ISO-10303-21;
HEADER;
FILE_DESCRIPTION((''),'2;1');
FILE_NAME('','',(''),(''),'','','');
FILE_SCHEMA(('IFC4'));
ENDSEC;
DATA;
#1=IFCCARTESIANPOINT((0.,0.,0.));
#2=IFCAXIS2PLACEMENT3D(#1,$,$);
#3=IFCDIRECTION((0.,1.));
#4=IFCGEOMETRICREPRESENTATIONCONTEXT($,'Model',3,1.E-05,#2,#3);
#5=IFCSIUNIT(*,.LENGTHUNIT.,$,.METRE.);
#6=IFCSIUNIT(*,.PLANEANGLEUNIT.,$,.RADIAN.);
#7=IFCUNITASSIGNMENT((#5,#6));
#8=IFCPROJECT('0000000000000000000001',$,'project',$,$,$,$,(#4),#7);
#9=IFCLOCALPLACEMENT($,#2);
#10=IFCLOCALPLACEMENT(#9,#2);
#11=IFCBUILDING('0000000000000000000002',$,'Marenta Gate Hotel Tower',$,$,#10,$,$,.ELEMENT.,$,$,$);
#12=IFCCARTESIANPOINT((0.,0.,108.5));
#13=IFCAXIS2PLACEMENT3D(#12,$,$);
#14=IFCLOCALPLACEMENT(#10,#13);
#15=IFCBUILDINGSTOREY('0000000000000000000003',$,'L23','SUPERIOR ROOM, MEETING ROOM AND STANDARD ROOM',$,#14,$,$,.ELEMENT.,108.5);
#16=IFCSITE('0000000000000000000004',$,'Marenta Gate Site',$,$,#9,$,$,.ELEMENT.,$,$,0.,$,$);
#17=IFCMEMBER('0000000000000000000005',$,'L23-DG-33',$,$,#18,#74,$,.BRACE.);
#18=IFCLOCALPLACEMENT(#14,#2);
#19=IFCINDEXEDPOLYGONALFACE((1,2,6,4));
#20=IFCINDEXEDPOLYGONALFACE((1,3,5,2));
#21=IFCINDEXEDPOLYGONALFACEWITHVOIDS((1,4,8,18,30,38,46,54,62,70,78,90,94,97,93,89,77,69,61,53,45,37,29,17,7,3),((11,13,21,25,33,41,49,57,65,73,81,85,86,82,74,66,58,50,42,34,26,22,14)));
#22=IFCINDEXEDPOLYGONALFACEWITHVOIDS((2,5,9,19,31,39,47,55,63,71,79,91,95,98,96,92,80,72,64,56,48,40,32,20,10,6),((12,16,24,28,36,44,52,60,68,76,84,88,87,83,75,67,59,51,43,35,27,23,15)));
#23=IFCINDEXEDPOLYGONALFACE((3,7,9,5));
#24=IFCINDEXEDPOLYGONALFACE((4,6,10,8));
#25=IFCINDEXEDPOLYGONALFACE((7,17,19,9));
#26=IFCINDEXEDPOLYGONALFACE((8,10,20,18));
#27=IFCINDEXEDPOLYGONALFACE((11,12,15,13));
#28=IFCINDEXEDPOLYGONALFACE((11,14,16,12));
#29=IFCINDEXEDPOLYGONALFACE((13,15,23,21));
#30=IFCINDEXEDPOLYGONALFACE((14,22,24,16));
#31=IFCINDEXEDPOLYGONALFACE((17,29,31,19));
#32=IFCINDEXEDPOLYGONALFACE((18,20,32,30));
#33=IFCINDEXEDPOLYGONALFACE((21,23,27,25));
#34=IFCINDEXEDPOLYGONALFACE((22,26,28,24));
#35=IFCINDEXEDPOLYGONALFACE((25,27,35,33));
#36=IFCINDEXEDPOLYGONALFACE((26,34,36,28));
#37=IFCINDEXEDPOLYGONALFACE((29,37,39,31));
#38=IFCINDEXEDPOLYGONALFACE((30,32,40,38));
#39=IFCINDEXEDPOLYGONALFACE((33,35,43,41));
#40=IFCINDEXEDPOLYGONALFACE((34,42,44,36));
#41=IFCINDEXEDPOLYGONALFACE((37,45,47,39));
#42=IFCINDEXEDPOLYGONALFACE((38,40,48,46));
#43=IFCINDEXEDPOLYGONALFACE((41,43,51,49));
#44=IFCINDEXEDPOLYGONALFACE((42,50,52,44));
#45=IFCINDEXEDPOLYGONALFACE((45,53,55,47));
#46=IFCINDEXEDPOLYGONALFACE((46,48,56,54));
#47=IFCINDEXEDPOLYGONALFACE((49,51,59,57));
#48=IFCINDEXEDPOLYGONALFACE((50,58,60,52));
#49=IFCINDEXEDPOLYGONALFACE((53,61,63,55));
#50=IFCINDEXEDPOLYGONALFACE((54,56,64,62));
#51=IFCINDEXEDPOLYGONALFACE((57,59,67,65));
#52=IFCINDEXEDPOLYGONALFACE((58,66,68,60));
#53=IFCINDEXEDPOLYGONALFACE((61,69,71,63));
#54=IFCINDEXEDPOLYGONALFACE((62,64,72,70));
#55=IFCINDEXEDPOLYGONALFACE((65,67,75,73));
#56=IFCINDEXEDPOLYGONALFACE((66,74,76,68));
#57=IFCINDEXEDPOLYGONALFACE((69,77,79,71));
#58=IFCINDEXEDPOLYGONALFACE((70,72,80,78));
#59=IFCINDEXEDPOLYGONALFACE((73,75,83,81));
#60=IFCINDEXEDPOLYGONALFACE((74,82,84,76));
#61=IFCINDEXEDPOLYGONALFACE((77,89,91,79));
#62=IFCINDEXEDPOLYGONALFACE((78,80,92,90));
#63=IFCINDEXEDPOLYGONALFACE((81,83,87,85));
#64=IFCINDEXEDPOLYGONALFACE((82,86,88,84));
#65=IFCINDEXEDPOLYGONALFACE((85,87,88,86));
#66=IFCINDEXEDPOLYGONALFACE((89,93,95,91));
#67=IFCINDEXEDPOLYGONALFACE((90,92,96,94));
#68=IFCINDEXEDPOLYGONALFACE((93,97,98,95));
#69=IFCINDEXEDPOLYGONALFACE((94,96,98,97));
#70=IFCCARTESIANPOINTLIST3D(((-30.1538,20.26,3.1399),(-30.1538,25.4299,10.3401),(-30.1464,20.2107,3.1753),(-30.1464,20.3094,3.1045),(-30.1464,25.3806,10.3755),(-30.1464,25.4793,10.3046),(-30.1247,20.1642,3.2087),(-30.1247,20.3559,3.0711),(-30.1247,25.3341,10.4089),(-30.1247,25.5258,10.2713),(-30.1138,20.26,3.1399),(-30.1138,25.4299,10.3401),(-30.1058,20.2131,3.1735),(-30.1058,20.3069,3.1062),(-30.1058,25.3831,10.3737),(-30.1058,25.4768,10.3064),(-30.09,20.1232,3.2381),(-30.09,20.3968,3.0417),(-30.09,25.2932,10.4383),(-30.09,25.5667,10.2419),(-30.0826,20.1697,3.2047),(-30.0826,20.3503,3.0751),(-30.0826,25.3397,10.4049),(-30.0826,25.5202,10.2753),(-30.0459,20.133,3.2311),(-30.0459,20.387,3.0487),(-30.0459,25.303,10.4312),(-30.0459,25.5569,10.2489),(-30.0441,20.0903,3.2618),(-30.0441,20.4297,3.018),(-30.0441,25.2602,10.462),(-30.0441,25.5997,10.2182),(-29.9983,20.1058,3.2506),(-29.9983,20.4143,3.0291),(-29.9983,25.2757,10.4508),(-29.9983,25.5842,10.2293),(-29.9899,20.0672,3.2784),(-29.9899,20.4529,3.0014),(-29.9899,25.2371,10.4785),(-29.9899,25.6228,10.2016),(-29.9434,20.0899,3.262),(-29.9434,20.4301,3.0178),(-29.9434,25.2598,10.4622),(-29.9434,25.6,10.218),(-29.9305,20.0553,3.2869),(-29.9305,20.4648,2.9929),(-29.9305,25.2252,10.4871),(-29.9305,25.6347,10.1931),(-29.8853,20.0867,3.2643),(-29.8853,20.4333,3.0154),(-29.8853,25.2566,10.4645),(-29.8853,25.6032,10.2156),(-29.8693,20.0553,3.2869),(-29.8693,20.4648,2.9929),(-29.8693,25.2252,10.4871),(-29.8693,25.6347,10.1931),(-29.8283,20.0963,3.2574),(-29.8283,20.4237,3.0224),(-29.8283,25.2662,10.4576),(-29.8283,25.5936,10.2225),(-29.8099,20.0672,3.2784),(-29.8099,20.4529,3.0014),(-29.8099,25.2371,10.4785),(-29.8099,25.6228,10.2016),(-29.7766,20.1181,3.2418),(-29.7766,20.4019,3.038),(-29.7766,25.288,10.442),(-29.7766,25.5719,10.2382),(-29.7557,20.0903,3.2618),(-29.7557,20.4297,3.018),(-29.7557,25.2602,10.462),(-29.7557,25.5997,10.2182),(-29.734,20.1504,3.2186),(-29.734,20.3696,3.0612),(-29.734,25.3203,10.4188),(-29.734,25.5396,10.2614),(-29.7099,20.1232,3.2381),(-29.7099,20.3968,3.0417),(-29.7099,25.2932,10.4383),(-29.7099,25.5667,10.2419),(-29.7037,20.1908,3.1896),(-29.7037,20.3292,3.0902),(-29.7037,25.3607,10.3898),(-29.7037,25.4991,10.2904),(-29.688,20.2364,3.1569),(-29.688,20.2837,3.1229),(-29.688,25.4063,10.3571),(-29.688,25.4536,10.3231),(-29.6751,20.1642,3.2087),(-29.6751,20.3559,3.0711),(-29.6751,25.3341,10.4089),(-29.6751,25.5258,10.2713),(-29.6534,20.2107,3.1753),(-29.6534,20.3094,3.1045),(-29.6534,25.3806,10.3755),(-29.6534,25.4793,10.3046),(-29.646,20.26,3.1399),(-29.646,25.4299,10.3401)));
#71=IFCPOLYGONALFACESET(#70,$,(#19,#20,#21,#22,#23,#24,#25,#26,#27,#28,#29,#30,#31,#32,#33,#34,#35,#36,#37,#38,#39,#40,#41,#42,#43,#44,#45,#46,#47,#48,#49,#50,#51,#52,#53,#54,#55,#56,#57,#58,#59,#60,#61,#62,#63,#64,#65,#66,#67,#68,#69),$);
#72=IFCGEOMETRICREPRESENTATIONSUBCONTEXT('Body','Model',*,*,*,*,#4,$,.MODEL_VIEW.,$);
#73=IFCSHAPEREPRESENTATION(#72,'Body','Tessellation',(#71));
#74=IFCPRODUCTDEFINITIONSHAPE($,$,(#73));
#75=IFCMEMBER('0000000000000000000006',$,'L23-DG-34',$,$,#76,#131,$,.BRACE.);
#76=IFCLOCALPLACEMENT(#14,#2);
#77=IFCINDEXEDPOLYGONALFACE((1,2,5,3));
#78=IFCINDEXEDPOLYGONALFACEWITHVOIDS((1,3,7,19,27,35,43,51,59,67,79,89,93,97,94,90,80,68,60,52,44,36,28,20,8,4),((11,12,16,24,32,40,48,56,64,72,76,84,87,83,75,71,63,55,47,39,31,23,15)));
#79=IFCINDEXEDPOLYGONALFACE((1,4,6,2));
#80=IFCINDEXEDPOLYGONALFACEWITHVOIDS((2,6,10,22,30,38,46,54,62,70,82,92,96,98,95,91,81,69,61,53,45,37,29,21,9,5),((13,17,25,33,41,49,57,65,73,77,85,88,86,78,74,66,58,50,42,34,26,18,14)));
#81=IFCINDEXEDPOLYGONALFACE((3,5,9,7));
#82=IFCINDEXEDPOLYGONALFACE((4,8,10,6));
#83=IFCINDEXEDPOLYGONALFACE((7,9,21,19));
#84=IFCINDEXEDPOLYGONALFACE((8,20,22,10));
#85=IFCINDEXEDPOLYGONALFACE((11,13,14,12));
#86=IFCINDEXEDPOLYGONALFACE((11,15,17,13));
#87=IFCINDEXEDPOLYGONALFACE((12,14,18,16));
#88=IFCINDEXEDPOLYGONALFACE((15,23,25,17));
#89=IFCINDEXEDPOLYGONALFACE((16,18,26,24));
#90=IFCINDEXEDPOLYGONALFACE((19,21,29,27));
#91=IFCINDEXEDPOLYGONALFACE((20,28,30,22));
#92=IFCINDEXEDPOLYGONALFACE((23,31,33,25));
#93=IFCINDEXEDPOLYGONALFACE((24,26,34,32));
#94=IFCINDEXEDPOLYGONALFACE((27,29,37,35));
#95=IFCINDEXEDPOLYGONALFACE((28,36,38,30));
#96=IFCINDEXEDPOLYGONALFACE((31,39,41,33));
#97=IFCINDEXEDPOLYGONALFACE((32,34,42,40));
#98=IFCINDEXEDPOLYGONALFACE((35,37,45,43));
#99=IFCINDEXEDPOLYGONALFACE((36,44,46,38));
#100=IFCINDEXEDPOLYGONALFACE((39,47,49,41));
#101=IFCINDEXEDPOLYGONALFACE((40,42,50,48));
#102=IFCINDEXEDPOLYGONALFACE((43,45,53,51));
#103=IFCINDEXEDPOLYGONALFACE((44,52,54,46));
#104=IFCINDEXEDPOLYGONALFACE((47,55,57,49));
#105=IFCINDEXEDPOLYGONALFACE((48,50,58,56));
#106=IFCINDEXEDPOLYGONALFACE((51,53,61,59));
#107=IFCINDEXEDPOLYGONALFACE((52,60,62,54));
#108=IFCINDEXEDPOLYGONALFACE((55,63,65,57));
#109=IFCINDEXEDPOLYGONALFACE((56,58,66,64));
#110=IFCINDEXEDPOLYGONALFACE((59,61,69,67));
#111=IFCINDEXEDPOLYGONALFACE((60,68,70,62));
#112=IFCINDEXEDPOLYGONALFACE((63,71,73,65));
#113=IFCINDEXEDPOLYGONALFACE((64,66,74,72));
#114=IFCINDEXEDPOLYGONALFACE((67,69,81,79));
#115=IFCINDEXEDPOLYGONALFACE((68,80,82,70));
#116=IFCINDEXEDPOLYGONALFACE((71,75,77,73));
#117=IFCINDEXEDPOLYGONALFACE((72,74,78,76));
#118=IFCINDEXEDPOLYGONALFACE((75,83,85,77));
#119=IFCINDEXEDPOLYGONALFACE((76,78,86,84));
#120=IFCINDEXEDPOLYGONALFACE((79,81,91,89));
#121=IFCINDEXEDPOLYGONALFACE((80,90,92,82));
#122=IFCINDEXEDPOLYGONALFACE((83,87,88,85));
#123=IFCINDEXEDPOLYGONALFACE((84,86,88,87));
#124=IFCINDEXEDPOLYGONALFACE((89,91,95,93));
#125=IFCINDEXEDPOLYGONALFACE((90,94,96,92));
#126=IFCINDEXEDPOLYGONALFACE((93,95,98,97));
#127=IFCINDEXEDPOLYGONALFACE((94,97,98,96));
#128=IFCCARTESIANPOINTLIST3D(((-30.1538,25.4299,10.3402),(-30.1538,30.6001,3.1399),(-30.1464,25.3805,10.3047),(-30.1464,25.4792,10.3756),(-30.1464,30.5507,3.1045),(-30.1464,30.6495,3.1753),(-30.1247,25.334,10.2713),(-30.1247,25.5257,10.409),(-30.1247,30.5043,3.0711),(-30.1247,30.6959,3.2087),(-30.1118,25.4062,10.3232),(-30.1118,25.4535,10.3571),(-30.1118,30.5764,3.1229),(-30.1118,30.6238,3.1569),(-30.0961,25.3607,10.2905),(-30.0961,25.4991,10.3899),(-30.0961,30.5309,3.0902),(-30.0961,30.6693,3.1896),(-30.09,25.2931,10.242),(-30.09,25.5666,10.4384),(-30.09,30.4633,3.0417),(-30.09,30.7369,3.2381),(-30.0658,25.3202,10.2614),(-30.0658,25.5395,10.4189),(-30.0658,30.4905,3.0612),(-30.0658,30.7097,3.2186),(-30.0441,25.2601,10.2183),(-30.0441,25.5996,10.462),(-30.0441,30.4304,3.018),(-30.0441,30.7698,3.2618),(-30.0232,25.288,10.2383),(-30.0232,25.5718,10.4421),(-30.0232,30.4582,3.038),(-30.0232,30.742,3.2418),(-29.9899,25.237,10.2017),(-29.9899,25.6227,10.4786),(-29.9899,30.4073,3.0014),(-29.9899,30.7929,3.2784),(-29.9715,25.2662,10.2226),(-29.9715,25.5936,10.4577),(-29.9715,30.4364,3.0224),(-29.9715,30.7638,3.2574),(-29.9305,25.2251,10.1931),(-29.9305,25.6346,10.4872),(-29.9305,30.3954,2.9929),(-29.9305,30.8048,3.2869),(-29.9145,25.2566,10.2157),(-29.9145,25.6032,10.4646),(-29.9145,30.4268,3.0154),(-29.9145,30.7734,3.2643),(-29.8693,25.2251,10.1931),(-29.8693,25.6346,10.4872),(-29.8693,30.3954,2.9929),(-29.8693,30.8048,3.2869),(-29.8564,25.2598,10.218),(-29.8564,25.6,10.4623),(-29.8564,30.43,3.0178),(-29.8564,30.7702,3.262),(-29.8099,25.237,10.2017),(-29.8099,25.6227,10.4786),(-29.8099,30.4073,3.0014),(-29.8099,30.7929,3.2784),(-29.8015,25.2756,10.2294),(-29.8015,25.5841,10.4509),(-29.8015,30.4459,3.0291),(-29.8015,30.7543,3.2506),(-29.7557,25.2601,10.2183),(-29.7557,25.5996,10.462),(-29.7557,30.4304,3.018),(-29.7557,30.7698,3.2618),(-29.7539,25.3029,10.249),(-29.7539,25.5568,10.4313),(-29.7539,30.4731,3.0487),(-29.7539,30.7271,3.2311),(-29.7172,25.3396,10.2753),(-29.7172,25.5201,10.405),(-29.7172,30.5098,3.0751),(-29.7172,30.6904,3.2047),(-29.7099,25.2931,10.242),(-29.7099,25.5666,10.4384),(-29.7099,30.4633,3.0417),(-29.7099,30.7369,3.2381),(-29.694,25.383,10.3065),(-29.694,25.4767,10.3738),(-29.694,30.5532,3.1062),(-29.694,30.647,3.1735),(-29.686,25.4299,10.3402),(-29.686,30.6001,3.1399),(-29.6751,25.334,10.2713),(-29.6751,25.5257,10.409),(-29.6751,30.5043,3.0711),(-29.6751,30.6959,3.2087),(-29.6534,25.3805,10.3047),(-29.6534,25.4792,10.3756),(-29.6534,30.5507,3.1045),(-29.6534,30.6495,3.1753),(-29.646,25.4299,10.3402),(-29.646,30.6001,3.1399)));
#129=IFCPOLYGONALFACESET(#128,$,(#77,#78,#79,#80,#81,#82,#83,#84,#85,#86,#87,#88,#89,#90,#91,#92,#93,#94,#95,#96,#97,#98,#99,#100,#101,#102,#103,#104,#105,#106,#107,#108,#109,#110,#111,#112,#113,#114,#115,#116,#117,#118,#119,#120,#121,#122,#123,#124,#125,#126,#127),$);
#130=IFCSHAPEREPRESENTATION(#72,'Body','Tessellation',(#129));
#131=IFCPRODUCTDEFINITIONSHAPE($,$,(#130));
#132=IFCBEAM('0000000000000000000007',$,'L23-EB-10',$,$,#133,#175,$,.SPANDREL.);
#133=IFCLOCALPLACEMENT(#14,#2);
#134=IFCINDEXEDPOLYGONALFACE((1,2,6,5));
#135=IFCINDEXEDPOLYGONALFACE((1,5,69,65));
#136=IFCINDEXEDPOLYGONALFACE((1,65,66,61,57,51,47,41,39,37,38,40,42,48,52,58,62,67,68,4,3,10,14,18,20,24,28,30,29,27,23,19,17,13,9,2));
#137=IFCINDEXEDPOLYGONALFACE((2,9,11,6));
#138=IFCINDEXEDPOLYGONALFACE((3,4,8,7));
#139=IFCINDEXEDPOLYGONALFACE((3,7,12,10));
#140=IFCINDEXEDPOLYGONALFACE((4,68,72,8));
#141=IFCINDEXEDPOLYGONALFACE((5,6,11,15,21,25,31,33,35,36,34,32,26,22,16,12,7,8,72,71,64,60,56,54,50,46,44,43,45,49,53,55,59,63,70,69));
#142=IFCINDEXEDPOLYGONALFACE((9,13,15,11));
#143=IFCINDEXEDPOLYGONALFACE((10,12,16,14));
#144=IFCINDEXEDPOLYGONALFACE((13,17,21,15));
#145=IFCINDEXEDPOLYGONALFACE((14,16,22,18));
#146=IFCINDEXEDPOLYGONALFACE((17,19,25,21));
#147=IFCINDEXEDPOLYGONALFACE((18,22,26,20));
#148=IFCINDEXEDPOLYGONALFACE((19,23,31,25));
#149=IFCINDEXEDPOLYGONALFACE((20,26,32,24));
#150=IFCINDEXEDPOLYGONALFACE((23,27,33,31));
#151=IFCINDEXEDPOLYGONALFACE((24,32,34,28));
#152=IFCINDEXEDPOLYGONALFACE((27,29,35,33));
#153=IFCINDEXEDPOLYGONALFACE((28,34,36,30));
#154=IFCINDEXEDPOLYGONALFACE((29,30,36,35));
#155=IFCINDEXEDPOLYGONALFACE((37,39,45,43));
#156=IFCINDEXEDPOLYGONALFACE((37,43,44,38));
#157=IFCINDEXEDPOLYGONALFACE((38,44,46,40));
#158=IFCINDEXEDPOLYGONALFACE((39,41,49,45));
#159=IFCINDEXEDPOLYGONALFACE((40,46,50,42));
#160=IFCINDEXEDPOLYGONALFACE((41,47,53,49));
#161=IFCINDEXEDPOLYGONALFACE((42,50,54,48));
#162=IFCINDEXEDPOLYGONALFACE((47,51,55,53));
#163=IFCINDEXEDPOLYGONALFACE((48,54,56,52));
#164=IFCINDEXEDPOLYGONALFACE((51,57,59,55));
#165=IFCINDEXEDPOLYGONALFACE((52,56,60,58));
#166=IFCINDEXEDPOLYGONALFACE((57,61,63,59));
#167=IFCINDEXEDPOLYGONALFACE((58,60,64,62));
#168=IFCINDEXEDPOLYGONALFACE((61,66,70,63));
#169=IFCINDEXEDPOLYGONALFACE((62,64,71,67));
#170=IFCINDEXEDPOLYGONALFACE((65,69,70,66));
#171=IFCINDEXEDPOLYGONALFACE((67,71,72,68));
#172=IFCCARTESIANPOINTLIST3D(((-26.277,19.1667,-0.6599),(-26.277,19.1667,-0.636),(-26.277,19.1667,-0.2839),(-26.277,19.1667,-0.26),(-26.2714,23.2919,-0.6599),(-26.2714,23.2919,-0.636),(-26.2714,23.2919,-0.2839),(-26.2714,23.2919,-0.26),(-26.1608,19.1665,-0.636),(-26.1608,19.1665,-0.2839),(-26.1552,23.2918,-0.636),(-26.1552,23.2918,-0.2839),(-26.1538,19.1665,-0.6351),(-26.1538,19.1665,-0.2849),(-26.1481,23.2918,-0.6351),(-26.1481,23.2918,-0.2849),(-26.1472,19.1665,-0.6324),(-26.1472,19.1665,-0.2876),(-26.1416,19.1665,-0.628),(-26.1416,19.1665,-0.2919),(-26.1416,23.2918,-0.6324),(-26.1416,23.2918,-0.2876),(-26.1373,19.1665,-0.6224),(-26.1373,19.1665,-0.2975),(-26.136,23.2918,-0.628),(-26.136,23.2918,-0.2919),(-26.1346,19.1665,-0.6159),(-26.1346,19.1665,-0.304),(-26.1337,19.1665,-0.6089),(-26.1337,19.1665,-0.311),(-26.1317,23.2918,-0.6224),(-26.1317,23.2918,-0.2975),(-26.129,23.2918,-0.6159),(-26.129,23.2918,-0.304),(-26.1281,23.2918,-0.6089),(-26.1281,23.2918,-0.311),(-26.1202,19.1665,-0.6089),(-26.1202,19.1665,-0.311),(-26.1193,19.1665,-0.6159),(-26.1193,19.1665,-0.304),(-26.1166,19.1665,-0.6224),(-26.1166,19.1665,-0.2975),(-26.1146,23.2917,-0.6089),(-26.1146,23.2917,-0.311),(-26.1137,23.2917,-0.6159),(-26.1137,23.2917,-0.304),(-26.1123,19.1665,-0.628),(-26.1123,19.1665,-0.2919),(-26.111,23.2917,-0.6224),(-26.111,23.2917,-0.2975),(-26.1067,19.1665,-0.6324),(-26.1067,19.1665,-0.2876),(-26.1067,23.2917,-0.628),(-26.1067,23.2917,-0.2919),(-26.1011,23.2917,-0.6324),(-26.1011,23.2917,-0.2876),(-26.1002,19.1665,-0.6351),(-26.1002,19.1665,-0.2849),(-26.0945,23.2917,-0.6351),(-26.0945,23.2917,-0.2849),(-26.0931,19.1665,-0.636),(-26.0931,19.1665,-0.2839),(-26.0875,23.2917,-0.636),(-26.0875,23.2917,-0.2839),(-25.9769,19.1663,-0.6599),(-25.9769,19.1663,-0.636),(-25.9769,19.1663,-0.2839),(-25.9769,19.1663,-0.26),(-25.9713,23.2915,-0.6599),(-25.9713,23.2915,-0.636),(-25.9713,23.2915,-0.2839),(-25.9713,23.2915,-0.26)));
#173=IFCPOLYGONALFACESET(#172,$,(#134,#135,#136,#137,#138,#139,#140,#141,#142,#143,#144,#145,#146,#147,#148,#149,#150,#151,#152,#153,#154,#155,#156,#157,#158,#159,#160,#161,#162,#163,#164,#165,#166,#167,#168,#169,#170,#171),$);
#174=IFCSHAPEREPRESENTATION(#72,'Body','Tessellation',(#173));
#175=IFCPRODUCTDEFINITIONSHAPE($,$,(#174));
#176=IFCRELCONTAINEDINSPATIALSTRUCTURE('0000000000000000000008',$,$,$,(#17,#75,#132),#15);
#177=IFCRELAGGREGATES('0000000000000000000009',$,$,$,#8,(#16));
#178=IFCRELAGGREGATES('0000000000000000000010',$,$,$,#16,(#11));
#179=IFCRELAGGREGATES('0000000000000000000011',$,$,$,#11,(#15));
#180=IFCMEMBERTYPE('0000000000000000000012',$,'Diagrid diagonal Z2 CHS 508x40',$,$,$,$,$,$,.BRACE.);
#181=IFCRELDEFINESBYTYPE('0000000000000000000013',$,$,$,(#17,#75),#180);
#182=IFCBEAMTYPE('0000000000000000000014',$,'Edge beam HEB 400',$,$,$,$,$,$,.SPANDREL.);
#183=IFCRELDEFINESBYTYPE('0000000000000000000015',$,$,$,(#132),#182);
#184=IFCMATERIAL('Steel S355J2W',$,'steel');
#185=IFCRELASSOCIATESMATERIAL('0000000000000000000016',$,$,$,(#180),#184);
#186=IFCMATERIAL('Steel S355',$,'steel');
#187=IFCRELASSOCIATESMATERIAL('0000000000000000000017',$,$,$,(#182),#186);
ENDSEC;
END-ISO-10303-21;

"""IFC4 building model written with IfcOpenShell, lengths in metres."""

from ifc_helpers import new_model, si_unit, direction, frame, origin, origin_2d, place, context, subcontext, project, spatial, hollow_circle, i_section, extrude, material, material_profile, profile_set, type_object, element, save


model = new_model("IFC4")

# Units and contexts
model_context = context("Model", 3, precision=1e-05, world=origin(), true_north=direction((0.0, 1.0)))
body_context = subcontext(model_context, "Body", "Model", "MODEL_VIEW")
ifc_project = project(units=[si_unit("LENGTHUNIT", "METRE"), si_unit("PLANEANGLEUNIT", "RADIAN")], contexts=[model_context])

# Site, building, storey
site_placement = place(None, origin())
site = spatial("IfcSite", under=ifc_project, at=site_placement, Name="Marenta Gate Site", CompositionType="ELEMENT", RefElevation=0.0)
building_placement = place(site_placement, origin())
building = spatial("IfcBuilding", under=site, at=building_placement, Name="Marenta Gate Hotel Tower", CompositionType="ELEMENT")
storey_placement = place(building_placement, frame((0.0, 0.0, 108.5)))
storey = spatial("IfcBuildingStorey", under=building, at=storey_placement, Name="L23", Description="SUPERIOR ROOM, MEETING ROOM AND STANDARD ROOM", CompositionType="ELEMENT", Elevation=108.5)

# Members
ifc_material_1 = material(Name="Steel S355J2W", Category="steel")
ifc_material_profile_1 = material_profile(ifc_material_1, hollow_circle(Radius=0.2539, WallThickness=0.04, at=origin_2d()), Name="CHS 508x40")
ifc_profile_set_1 = profile_set([ifc_material_profile_1], Name="Steel S355J2W")
member_type_1 = type_object("IfcMemberType", Name="Diagrid diagonal Z2 CHS 508x40", PredefinedType="BRACE", material=ifc_profile_set_1)
for number, where, z_axis, x_axis, name in (
    (1, (-29.8999, 20.26, 3.1399), (0.0, 0.583248, 0.812294), (-1.0, 0.0, 0.0), "L23-DG-33"),
):
    element("IfcMember", number, at=place(storey_placement, frame(where, z_axis=z_axis, x_axis=x_axis)), inside=storey, type_object=member_type_1, Name=name, PredefinedType="BRACE", context=body_context, shape_type="SweptSolid", body=[
        extrude(hollow_circle(Radius=0.2539, WallThickness=0.04, at=origin_2d()), origin(), (0.0, 0.0, 1.0), 8.864),
    ])
member_1_placement = place(storey_placement, frame((-29.8999, 30.6001, 3.1399), z_axis=(0.0, -0.583266, 0.812281), x_axis=(1.0, 0.0, 0.0)))
element("IfcMember", 2, at=member_1_placement, inside=storey, type_object=member_type_1, Name="L23-DG-34", PredefinedType="BRACE", context=body_context, shape_type="SweptSolid", body=[
    extrude(hollow_circle(Radius=0.2539, WallThickness=0.04, at=origin_2d()), origin(), (0.0, 0.0, 1.0), 8.8643),
])

# Beam
ifc_material_2 = material(Name="Steel S355", Category="steel")
ifc_material_profile_2 = material_profile(ifc_material_2, i_section(OverallWidth=0.3, OverallDepth=0.3999, WebThickness=0.0134, FlangeThickness=0.0239, FilletRadius=0.0271, at=origin_2d()), Name="HEB 400")
ifc_profile_set_2 = profile_set([ifc_material_profile_2], Name="Steel S355")
beam_type_1 = type_object("IfcBeamType", Name="Edge beam HEB 400", PredefinedType="SPANDREL", material=ifc_profile_set_2)
beam_1_placement = place(storey_placement, frame((-26.127, 19.1665, -0.46), z_axis=(0.001361, 0.999999, 0.0), x_axis=(-0.999999, 0.001361, 0.0)))
element("IfcBeam", 3, at=beam_1_placement, inside=storey, type_object=beam_type_1, Name="L23-EB-10", PredefinedType="SPANDREL", context=body_context, shape_type="SweptSolid", body=[
    extrude(i_section(OverallWidth=0.3, OverallDepth=0.3999, WebThickness=0.0134, FlangeThickness=0.0239, FilletRadius=0.0271, at=origin_2d()), origin(), (0.0, 0.0, 1.0), 4.1252),
])

save(model, "model.ifc")
